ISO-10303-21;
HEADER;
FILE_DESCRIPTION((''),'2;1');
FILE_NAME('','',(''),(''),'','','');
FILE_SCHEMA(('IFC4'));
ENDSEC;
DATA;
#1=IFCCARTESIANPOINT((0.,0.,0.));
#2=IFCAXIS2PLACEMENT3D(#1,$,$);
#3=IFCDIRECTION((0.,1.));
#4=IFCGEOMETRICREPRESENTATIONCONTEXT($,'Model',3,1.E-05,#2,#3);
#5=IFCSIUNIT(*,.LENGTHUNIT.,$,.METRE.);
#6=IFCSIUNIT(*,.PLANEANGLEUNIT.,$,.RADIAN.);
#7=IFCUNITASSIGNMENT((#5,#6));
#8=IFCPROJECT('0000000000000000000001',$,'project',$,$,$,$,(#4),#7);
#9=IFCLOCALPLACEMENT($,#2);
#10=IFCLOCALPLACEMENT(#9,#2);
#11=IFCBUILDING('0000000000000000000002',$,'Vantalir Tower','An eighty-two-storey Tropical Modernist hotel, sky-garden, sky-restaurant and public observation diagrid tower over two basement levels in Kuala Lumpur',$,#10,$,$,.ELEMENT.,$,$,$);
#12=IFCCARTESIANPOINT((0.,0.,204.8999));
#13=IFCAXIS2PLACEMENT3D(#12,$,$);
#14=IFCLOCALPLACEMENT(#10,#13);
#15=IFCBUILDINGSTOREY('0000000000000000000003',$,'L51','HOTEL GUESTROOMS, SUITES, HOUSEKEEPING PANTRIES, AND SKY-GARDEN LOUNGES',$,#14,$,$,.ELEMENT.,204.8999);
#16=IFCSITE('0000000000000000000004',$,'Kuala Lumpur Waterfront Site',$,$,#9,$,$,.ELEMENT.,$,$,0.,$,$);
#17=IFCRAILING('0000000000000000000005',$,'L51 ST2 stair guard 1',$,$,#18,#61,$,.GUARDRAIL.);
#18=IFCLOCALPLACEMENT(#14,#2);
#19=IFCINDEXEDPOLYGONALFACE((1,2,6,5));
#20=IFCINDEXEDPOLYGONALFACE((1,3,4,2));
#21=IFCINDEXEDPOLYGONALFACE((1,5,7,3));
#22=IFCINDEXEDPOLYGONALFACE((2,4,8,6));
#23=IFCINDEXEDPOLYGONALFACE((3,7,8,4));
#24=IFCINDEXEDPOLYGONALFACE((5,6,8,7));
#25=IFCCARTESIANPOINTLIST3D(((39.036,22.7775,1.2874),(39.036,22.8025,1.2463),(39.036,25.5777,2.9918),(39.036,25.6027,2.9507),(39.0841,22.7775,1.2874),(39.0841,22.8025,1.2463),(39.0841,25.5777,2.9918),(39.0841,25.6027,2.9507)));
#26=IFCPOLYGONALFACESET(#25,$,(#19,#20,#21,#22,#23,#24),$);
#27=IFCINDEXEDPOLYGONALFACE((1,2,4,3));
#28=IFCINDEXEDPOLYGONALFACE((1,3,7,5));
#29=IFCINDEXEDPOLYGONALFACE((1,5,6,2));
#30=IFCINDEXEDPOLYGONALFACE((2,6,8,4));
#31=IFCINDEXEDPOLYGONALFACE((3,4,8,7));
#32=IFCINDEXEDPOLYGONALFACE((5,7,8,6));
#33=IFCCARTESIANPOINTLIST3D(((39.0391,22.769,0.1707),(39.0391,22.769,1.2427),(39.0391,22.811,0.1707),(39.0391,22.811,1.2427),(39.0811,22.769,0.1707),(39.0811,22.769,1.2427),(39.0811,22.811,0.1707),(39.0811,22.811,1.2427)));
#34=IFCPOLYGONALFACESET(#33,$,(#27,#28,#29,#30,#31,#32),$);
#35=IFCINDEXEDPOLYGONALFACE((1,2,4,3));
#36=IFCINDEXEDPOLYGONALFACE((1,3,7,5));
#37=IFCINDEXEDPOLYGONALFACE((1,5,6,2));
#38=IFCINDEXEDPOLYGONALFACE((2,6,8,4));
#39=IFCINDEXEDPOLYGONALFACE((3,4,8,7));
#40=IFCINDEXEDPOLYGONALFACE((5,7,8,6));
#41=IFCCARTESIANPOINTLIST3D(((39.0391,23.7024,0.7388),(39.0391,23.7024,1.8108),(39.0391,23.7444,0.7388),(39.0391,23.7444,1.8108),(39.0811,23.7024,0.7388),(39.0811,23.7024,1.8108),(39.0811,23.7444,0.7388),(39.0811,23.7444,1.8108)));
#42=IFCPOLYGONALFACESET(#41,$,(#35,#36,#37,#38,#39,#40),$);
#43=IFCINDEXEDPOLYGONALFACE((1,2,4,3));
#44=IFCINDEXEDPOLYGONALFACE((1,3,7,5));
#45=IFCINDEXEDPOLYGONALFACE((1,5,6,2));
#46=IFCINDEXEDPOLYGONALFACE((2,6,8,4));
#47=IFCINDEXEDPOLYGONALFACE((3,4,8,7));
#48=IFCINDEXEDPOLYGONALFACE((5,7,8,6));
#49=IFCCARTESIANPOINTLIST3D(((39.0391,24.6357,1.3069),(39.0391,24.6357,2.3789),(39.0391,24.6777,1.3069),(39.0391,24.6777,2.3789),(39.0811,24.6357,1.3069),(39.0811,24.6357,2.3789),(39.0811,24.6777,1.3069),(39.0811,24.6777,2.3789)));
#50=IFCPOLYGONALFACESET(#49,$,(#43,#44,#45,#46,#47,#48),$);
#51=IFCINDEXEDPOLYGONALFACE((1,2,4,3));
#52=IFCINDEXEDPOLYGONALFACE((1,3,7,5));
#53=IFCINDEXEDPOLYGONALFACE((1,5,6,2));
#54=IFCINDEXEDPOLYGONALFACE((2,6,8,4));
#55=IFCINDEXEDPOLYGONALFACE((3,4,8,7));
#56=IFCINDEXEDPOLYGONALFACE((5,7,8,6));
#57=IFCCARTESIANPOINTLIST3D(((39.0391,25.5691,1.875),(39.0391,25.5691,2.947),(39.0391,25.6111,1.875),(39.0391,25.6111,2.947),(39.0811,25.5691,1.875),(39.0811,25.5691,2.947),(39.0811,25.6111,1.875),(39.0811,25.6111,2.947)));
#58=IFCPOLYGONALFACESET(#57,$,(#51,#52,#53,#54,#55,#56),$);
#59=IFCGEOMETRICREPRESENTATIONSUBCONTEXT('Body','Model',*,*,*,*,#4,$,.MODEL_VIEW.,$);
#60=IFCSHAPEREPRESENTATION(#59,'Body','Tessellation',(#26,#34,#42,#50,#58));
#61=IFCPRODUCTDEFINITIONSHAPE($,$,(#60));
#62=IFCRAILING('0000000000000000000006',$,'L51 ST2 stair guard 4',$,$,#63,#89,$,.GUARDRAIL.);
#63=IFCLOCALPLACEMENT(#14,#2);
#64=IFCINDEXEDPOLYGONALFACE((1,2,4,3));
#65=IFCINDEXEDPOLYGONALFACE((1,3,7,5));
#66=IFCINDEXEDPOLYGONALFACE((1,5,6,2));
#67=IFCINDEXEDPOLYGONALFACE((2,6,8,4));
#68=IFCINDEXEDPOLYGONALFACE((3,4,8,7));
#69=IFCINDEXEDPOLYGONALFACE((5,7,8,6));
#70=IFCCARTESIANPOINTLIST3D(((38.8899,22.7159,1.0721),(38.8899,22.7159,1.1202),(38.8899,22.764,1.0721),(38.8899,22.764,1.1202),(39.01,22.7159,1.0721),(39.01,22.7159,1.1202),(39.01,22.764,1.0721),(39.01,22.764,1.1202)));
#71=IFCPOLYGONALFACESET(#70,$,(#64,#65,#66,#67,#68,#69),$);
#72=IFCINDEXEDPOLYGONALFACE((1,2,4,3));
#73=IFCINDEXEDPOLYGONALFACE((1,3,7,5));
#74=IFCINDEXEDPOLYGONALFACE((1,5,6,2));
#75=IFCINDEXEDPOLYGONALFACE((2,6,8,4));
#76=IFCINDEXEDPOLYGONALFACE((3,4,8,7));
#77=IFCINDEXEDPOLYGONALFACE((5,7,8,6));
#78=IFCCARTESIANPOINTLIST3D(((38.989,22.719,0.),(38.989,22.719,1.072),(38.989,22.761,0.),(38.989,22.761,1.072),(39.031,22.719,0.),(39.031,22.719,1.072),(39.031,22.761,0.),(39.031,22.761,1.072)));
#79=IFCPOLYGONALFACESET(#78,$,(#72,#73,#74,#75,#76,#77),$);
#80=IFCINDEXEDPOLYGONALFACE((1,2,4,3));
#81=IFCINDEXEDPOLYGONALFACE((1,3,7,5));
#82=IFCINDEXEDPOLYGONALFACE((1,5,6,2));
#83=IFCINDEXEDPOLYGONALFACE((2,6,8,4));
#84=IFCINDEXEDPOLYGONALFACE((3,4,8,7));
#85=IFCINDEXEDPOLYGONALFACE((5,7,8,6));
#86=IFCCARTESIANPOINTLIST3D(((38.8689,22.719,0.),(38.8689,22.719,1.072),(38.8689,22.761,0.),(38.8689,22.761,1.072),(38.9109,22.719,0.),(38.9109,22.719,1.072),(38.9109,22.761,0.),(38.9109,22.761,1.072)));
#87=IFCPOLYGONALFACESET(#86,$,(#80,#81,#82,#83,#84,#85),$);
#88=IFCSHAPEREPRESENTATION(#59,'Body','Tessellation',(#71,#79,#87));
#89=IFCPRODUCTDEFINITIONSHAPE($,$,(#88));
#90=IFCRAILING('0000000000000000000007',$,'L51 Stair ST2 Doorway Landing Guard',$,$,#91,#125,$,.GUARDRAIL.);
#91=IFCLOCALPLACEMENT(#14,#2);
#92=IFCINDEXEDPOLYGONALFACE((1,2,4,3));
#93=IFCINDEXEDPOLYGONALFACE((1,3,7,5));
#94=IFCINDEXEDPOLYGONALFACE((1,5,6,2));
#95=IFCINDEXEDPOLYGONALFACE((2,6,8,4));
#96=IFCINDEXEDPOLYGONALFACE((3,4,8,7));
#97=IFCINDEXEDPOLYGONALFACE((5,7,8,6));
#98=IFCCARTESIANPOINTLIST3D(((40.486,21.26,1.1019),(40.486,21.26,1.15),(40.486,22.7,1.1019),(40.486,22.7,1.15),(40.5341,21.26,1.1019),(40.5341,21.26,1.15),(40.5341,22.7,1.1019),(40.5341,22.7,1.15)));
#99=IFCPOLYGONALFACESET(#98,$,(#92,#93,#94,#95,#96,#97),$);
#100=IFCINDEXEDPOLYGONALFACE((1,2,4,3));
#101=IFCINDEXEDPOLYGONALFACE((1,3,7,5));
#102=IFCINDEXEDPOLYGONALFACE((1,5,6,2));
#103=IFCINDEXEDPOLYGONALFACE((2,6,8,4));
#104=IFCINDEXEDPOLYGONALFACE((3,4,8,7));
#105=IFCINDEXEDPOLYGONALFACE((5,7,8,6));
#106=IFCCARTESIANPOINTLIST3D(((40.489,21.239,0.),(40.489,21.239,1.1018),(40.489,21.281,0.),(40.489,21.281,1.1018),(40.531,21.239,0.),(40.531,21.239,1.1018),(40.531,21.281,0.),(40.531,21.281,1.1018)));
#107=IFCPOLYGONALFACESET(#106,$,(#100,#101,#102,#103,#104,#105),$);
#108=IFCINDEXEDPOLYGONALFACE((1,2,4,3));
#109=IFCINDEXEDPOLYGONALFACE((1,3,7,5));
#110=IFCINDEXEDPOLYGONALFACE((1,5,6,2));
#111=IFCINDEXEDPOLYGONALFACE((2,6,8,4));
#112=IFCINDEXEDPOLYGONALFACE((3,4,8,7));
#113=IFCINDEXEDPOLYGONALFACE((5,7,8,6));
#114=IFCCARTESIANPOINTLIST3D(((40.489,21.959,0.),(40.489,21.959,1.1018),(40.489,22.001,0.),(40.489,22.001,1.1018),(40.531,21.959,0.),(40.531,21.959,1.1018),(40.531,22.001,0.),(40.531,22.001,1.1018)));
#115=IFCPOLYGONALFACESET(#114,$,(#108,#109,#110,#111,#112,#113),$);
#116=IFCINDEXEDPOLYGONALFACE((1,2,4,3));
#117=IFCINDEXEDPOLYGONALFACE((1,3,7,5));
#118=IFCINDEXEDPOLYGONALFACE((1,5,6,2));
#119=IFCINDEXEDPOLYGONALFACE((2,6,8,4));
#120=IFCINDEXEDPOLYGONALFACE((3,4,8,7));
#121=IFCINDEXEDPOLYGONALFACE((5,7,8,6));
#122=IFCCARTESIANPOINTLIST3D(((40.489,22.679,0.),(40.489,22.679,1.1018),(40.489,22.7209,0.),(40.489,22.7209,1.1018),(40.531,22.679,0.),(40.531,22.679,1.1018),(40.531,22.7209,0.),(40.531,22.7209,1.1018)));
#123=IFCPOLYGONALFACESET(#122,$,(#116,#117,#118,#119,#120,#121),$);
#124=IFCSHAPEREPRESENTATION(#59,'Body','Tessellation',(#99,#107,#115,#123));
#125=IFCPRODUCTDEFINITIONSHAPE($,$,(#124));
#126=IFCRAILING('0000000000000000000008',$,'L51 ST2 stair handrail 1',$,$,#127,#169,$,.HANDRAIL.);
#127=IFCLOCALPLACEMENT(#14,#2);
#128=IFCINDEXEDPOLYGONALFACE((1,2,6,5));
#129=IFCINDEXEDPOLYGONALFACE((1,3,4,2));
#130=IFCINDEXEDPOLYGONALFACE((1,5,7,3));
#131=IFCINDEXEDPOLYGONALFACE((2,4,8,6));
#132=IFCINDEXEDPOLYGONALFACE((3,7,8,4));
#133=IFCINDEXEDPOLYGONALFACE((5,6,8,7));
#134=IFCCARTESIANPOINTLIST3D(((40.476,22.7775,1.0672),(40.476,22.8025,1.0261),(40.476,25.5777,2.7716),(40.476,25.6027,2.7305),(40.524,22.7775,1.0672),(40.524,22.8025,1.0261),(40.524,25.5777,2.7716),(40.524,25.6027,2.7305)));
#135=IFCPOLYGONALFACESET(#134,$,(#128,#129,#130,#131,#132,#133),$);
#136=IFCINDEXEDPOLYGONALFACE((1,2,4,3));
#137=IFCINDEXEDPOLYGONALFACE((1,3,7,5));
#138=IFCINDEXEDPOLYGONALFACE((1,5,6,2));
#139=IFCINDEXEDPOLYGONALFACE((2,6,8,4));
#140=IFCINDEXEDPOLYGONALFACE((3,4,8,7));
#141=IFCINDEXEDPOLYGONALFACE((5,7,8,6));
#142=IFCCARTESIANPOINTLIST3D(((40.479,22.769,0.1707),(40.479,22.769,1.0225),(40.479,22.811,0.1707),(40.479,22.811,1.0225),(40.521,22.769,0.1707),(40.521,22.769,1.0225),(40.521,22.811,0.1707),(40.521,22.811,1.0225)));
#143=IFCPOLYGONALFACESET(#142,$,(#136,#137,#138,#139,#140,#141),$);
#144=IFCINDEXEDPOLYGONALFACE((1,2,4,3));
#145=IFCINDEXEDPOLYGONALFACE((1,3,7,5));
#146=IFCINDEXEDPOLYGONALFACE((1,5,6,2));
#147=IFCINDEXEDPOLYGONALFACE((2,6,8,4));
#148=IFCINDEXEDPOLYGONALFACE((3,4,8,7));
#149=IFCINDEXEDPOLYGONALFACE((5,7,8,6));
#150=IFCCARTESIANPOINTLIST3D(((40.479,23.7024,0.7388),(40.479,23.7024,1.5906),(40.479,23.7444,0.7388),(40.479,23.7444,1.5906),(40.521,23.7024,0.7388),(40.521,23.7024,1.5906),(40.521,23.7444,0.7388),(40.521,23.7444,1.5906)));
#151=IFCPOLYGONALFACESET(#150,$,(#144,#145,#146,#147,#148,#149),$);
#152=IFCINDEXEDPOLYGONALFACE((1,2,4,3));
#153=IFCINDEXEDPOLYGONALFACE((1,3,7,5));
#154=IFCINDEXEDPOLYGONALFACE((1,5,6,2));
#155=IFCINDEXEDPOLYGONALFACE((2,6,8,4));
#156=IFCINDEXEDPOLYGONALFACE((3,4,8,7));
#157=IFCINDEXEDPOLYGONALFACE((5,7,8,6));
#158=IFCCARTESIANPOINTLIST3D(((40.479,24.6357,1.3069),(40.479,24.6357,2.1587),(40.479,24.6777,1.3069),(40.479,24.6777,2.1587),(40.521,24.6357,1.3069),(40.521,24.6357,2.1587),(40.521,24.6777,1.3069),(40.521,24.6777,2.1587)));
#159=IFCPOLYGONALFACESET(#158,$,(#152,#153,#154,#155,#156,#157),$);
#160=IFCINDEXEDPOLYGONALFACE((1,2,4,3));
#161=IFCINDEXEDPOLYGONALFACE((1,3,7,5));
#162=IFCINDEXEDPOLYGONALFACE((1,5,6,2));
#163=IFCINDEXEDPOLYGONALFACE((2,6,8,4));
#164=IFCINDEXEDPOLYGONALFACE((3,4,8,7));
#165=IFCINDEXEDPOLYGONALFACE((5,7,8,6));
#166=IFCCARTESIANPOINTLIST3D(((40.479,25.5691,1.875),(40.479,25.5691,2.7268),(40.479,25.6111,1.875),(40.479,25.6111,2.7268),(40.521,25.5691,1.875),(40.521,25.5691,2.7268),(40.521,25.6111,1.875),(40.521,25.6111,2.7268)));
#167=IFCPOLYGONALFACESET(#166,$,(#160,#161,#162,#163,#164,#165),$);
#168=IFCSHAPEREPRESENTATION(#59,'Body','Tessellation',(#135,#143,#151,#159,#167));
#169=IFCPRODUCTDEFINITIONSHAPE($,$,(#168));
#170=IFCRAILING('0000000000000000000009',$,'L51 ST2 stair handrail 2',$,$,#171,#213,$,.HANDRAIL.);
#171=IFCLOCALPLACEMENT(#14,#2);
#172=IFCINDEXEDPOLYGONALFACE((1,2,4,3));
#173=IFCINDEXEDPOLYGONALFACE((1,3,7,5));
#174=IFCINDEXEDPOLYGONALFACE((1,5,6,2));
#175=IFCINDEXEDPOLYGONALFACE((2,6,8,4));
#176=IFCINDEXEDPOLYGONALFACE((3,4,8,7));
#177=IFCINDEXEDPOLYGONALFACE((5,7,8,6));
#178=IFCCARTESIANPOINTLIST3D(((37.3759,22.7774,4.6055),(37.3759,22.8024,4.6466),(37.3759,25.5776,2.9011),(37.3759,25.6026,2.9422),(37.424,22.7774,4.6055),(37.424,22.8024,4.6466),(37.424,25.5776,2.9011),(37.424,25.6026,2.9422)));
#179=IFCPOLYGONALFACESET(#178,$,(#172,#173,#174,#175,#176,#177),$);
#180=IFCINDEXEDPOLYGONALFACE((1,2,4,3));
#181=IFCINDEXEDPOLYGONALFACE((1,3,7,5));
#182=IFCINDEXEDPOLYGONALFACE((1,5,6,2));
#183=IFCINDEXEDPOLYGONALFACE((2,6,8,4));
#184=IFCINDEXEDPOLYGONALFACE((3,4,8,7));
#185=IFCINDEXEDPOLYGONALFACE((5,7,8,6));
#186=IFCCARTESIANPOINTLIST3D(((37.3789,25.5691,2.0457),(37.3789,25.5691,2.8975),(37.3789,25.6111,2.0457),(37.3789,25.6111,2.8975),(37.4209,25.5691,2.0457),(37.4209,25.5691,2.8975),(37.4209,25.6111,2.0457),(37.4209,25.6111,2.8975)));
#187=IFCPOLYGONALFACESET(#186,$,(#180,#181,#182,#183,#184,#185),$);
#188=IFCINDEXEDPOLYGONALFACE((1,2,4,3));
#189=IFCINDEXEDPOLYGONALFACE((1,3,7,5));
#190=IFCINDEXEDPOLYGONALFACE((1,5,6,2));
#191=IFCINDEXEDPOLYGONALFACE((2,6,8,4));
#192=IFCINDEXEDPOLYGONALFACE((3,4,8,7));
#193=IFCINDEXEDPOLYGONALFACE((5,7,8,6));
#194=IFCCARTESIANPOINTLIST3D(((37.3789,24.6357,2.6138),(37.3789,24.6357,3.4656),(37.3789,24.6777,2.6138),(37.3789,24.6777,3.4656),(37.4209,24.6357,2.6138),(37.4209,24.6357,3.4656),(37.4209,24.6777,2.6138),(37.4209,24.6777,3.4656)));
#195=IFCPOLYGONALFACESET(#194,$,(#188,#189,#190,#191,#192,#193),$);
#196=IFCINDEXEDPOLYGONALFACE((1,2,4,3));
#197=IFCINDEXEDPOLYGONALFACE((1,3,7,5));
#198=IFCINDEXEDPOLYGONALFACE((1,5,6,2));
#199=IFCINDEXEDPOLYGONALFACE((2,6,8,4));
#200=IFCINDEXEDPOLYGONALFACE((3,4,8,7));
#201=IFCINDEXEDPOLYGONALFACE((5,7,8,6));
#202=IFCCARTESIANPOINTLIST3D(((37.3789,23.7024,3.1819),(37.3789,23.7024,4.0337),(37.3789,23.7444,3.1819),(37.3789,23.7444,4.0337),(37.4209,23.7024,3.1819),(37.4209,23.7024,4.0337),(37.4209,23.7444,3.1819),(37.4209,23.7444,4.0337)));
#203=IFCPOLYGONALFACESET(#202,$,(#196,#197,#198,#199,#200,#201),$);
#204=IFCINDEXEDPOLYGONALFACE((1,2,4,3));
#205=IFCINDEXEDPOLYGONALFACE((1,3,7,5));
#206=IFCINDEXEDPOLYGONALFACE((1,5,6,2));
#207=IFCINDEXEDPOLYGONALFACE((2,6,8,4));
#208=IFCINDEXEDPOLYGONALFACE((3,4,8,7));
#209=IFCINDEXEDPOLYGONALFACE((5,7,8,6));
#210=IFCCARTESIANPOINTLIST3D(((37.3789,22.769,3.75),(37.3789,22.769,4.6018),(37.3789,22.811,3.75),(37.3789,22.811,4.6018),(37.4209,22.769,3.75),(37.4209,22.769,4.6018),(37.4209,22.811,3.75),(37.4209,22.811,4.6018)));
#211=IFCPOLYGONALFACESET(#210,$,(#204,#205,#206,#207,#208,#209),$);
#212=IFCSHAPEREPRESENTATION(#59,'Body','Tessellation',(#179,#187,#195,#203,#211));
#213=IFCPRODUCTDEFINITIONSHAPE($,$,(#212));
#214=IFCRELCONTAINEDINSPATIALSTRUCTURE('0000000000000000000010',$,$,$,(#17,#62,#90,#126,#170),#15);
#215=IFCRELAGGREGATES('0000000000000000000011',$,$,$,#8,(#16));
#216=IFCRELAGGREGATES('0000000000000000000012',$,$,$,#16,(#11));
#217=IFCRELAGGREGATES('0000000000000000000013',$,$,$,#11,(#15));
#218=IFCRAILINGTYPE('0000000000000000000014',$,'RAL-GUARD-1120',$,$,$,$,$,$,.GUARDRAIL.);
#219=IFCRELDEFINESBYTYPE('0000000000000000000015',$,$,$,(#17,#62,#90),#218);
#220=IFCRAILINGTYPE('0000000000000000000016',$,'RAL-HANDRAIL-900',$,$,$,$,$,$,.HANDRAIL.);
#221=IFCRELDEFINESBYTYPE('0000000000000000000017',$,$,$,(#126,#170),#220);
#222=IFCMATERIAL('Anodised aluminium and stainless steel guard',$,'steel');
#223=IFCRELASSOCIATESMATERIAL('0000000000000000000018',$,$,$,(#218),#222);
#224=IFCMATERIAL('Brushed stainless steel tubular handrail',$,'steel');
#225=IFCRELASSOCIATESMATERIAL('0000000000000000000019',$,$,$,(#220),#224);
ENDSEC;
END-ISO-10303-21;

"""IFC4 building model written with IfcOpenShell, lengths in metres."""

from ifc_helpers import new_model, si_unit, direction, frame, origin, origin_2d, place, context, subcontext, project, spatial, rectangle, extrude, material, type_object, element, save


model = new_model("IFC4")

# Units and contexts
model_context = context("Model", 3, precision=1e-05, world=origin(), true_north=direction((0.0, 1.0)))
body_context = subcontext(model_context, "Body", "Model", "MODEL_VIEW")
ifc_project = project(units=[si_unit("LENGTHUNIT", "METRE"), si_unit("PLANEANGLEUNIT", "RADIAN")], contexts=[model_context])

# Site, building, storey
site_placement = place(None, origin())
site = spatial("IfcSite", under=ifc_project, at=site_placement, Name="Kuala Lumpur Waterfront Site", CompositionType="ELEMENT", RefElevation=0.0)
building_placement = place(site_placement, origin())
building = spatial("IfcBuilding", under=site, at=building_placement, Name="Vantalir Tower", Description="An eighty-two-storey Tropical Modernist hotel, sky-garden, sky-restaurant and public observation diagrid tower over two basement levels in Kuala Lumpur", CompositionType="ELEMENT")
storey_placement = place(building_placement, frame((0.0, 0.0, 204.8999)))
storey = spatial("IfcBuildingStorey", under=building, at=storey_placement, Name="L51", Description="HOTEL GUESTROOMS, SUITES, HOUSEKEEPING PANTRIES, AND SKY-GARDEN LOUNGES", CompositionType="ELEMENT", Elevation=204.8999)

# Railings
ifc_material_1 = material(Name="Anodised aluminium and stainless steel guard", Category="steel")
railing_type_1 = type_object("IfcRailingType", Name="RAL-GUARD-1120", PredefinedType="GUARDRAIL", material=ifc_material_1)
railing_1_placement = place(storey_placement, frame((39.0601, 22.79, 0.1707)))
element("IfcRailing", 1, at=railing_1_placement, inside=storey, type_object=railing_type_1, Name="L51 ST2 stair guard 1", PredefinedType="GUARDRAIL", context=body_context, shape_type="SweptSolid", body=[
    extrude(rectangle(XDim=0.0481, YDim=0.0481, at=origin_2d()), frame((0.0, 0.0, 1.0962), z_axis=(0.0, 0.854203, 0.51994), x_axis=(-1.0, 0.0, 0.0)), (0.0, 0.0, 1.0), 3.2781),
    extrude(rectangle(XDim=0.042, YDim=0.042, at=origin_2d()), origin(), (0.0, 0.0, 1.0), 1.072),
    extrude(rectangle(XDim=0.042, YDim=0.042, at=origin_2d()), frame((0.0, 0.9333, 0.5681)), (0.0, 0.0, 1.0), 1.072),
    extrude(rectangle(XDim=0.042, YDim=0.042, at=origin_2d()), frame((0.0, 1.8667, 1.1362)), (0.0, 0.0, 1.0), 1.072),
    extrude(rectangle(XDim=0.042, YDim=0.042, at=origin_2d()), frame((0.0, 2.8, 1.7043)), (0.0, 0.0, 1.0), 1.072),
])
railing_2_placement = place(storey_placement, frame((39.01, 22.74, 0.0)))
element("IfcRailing", 2, at=railing_2_placement, inside=storey, type_object=railing_type_1, Name="L51 ST2 stair guard 4", PredefinedType="GUARDRAIL", context=body_context, shape_type="SweptSolid", body=[
    extrude(rectangle(XDim=0.0481, YDim=0.0481, at=origin_2d()), frame((0.0, 0.0, 1.0962), z_axis=(-1.0, 0.0, 0.0), x_axis=(0.0, -1.0, 0.0)), (0.0, 0.0, 1.0), 0.1201),
    extrude(rectangle(XDim=0.042, YDim=0.042, at=origin_2d()), origin(), (0.0, 0.0, 1.0), 1.072),
    extrude(rectangle(XDim=0.042, YDim=0.042, at=origin_2d()), frame((-0.1201, 0.0, 0.0)), (0.0, 0.0, 1.0), 1.072),
])
railing_3_placement = place(storey_placement, frame((40.51, 21.26, 0.0)))
element("IfcRailing", 3, at=railing_3_placement, inside=storey, type_object=railing_type_1, Name="L51 Stair ST2 Doorway Landing Guard", PredefinedType="GUARDRAIL", context=body_context, shape_type="SweptSolid", body=[
    extrude(rectangle(XDim=0.0481, YDim=0.0481, at=origin_2d()), frame((0.0, 0.0, 1.126), z_axis=(0.0, 1.0, 0.0), x_axis=(-1.0, 0.0, 0.0)), (0.0, 0.0, 1.0), 1.4399),
    extrude(rectangle(XDim=0.042, YDim=0.042, at=origin_2d()), origin(), (0.0, 0.0, 1.0), 1.1018),
    extrude(rectangle(XDim=0.042, YDim=0.042, at=origin_2d()), frame((0.0, 0.72, 0.0)), (0.0, 0.0, 1.0), 1.1018),
    extrude(rectangle(XDim=0.042, YDim=0.042, at=origin_2d()), frame((0.0, 1.4399, 0.0)), (0.0, 0.0, 1.0), 1.1018),
])
ifc_material_2 = material(Name="Brushed stainless steel tubular handrail", Category="steel")
railing_type_2 = type_object("IfcRailingType", Name="RAL-HANDRAIL-900", PredefinedType="HANDRAIL", material=ifc_material_2)
railing_4_placement = place(storey_placement, frame((40.5, 22.79, 0.1707)))
element("IfcRailing", 4, at=railing_4_placement, inside=storey, type_object=railing_type_2, Name="L51 ST2 stair handrail 1", PredefinedType="HANDRAIL", context=body_context, shape_type="SweptSolid", body=[
    extrude(rectangle(XDim=0.0481, YDim=0.0481, at=origin_2d()), frame((0.0, 0.0, 0.876), z_axis=(0.0, 0.854203, 0.51994), x_axis=(-1.0, 0.0, 0.0)), (0.0, 0.0, 1.0), 3.2781),
    extrude(rectangle(XDim=0.042, YDim=0.042, at=origin_2d()), origin(), (0.0, 0.0, 1.0), 0.8518),
    extrude(rectangle(XDim=0.042, YDim=0.042, at=origin_2d()), frame((0.0, 0.9333, 0.5681)), (0.0, 0.0, 1.0), 0.8518),
    extrude(rectangle(XDim=0.042, YDim=0.042, at=origin_2d()), frame((0.0, 1.8667, 1.1362)), (0.0, 0.0, 1.0), 0.8518),
    extrude(rectangle(XDim=0.042, YDim=0.042, at=origin_2d()), frame((0.0, 2.8, 1.7043)), (0.0, 0.0, 1.0), 0.8518),
])
railing_5_placement = place(storey_placement, frame((37.3999, 25.5901, 2.0457)))
element("IfcRailing", 5, at=railing_5_placement, inside=storey, type_object=railing_type_2, Name="L51 ST2 stair handrail 2", PredefinedType="HANDRAIL", context=body_context, shape_type="SweptSolid", body=[
    extrude(rectangle(XDim=0.0481, YDim=0.0481, at=origin_2d()), frame((0.0, 0.0, 0.876), z_axis=(0.0, -0.854203, 0.51994), x_axis=(1.0, 0.0, 0.0)), (0.0, 0.0, 1.0), 3.2781),
    extrude(rectangle(XDim=0.042, YDim=0.042, at=origin_2d()), origin(), (0.0, 0.0, 1.0), 0.8518),
    extrude(rectangle(XDim=0.042, YDim=0.042, at=origin_2d()), frame((0.0, -0.9333, 0.5681)), (0.0, 0.0, 1.0), 0.8518),
    extrude(rectangle(XDim=0.042, YDim=0.042, at=origin_2d()), frame((0.0, -1.8667, 1.1362)), (0.0, 0.0, 1.0), 0.8518),
    extrude(rectangle(XDim=0.042, YDim=0.042, at=origin_2d()), frame((0.0, -2.8, 1.7043)), (0.0, 0.0, 1.0), 0.8518),
])

save(model, "model.ifc")
